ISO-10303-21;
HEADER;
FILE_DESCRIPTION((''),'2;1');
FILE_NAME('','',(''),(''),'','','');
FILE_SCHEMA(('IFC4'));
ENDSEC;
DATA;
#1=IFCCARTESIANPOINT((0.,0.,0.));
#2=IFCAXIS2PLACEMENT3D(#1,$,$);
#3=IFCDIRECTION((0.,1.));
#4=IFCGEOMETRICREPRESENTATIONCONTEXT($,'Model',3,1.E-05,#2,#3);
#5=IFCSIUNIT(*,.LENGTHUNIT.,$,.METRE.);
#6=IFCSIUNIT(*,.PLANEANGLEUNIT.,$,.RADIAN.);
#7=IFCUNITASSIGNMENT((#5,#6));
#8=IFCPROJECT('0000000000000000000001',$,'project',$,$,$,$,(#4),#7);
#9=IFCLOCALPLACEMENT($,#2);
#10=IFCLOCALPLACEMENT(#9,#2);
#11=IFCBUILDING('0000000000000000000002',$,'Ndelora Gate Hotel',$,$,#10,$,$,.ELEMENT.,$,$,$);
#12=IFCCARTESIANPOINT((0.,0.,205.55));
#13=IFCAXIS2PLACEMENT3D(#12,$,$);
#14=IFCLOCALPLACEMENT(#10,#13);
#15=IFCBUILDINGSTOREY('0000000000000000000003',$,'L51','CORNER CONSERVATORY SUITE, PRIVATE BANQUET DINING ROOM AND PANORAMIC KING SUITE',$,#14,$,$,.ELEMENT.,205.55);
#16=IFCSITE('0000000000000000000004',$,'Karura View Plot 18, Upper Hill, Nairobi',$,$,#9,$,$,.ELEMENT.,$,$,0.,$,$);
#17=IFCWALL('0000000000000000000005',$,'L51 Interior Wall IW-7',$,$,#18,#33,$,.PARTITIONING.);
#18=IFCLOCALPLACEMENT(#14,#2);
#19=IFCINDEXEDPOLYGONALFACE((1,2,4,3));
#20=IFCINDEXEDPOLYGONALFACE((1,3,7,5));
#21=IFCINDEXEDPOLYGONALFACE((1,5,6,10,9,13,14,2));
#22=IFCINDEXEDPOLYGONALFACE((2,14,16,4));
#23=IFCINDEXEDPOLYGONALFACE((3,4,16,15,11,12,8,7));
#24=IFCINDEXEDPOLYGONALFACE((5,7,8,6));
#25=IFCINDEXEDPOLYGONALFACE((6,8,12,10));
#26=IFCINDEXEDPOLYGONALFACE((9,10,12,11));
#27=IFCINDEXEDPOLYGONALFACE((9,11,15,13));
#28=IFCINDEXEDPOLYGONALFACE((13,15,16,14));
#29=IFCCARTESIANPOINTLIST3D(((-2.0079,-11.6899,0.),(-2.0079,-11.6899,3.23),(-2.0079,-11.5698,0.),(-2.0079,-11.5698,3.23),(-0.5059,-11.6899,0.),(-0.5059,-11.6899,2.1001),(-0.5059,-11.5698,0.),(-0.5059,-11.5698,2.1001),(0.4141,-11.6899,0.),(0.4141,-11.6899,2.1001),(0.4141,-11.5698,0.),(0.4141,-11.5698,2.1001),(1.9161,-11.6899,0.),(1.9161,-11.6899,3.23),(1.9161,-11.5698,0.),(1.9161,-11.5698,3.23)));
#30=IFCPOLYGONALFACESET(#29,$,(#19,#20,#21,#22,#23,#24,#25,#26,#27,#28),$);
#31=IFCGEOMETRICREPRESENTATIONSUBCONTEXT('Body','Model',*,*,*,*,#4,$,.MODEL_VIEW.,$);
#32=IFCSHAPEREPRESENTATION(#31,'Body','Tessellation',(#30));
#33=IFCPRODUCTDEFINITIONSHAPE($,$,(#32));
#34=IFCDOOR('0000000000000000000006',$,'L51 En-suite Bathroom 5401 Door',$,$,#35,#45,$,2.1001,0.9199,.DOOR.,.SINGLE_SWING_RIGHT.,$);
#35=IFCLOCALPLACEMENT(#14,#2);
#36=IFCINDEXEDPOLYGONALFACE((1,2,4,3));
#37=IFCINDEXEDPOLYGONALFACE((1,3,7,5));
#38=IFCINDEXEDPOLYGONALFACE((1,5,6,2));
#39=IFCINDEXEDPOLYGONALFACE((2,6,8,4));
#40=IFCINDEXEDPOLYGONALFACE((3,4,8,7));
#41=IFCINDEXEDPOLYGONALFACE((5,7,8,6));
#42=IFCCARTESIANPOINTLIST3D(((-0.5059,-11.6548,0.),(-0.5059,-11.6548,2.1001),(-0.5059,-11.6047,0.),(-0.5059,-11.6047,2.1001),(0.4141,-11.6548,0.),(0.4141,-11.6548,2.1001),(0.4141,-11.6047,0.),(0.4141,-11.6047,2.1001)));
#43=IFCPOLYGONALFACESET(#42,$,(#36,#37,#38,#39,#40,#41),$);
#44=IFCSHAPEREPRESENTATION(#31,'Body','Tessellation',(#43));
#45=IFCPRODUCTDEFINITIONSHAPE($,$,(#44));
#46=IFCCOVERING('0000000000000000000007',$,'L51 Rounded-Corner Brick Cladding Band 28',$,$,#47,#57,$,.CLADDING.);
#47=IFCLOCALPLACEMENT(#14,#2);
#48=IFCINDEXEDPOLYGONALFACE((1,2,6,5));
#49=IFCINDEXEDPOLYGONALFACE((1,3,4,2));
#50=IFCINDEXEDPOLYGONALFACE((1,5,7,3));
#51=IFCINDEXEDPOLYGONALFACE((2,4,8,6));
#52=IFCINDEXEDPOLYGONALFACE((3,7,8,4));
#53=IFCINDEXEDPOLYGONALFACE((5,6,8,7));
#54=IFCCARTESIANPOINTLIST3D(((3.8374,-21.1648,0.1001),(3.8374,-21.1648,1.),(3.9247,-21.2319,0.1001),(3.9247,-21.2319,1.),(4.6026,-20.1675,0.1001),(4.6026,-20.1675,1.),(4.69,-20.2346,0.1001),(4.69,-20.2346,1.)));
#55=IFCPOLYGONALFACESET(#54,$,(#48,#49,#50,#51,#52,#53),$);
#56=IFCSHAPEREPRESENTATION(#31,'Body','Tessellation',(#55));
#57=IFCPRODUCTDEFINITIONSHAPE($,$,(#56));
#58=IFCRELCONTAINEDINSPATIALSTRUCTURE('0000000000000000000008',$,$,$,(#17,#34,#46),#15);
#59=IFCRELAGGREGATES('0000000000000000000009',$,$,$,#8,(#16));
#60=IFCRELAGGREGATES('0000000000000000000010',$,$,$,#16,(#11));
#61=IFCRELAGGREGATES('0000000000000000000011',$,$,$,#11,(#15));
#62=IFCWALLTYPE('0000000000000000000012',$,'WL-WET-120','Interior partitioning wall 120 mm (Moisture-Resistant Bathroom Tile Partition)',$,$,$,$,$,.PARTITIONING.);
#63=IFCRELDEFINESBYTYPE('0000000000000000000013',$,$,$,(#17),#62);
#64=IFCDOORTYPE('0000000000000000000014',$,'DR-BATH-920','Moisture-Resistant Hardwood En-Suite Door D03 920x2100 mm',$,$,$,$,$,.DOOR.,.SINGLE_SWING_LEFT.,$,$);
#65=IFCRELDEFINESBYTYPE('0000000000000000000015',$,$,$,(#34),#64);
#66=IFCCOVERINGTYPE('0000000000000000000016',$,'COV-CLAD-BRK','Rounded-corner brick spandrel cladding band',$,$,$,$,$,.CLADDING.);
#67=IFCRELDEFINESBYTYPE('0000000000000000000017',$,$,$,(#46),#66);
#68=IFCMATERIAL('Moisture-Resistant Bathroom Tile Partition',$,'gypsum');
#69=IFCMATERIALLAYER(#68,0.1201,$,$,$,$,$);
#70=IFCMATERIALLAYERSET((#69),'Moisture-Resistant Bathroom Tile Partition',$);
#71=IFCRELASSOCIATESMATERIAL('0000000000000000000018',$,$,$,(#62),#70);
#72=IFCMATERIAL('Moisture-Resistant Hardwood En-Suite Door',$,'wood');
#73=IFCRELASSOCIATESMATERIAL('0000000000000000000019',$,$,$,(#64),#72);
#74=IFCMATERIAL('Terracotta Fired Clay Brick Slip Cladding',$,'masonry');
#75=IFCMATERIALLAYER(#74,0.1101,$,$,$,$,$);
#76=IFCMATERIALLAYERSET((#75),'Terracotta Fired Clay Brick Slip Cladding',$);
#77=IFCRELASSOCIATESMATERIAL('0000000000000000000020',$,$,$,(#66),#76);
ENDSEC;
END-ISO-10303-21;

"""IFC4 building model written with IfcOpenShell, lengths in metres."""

from ifc_helpers import new_model, si_unit, direction, frame, frame_2d, origin, origin_2d, place, context, subcontext, project, spatial, rectangle, extrude, material, layer, layer_set, type_object, element, fill, save


model = new_model("IFC4")

# Units and contexts
model_context = context("Model", 3, precision=1e-05, world=origin(), true_north=direction((0.0, 1.0)))
body_context = subcontext(model_context, "Body", "Model", "MODEL_VIEW")
ifc_project = project(units=[si_unit("LENGTHUNIT", "METRE"), si_unit("PLANEANGLEUNIT", "RADIAN")], contexts=[model_context])

# Site, building, storey
site_placement = place(None, origin())
site = spatial("IfcSite", under=ifc_project, at=site_placement, Name="Karura View Plot 18, Upper Hill, Nairobi", CompositionType="ELEMENT", RefElevation=0.0)
building_placement = place(site_placement, origin())
building = spatial("IfcBuilding", under=site, at=building_placement, Name="Ndelora Gate Hotel", CompositionType="ELEMENT")
storey_placement = place(building_placement, frame((0.0, 0.0, 205.55)))
storey = spatial("IfcBuildingStorey", under=building, at=storey_placement, Name="L51", Description="CORNER CONSERVATORY SUITE, PRIVATE BANQUET DINING ROOM AND PANORAMIC KING SUITE", CompositionType="ELEMENT", Elevation=205.55)

# Shared definitions
ifc_material_1 = material(Name="Moisture-Resistant Bathroom Tile Partition", Category="gypsum")
ifc_layer_1 = layer(ifc_material_1, 0.1201)
ifc_layer_set_1 = layer_set([ifc_layer_1], Name="Moisture-Resistant Bathroom Tile Partition")
wall_type_1 = type_object("IfcWallType", Name="WL-WET-120", Description="Interior partitioning wall 120 mm (Moisture-Resistant Bathroom Tile Partition)", PredefinedType="PARTITIONING", material=ifc_layer_set_1)

# Wall, opening, door
wall_1_placement = place(storey_placement, frame((1.916, -11.6299, 0.0), z_axis=(0.0, 0.0, 1.0), x_axis=(-1.0, 0.0, 0.0)))
wall_1 = element("IfcWall", 1, at=wall_1_placement, inside=storey, type_object=wall_type_1, Name="L51 Interior Wall IW-7", PredefinedType="PARTITIONING", context=body_context, shape_type="SweptSolid", body=[
    extrude(rectangle(XDim=3.9241, YDim=0.1201, at=frame_2d((1.9619, 0.0))), origin(), (0.0, 0.0, 1.0), 3.23),
])
opening_1_placement = place(wall_1_placement, frame((1.502, 0.0, 0.0)))
opening_1 = element("IfcOpeningElement", 2, at=opening_1_placement, cuts=wall_1, PredefinedType="OPENING", context=body_context, shape_type="SweptSolid", body=[
    extrude(rectangle(XDim=0.9199, YDim=2.1001, at=frame_2d((0.46, 1.05))), frame((0.0, 0.0701, 0.0), z_axis=(0.0, -1.0, 0.0), x_axis=(1.0, 0.0, 0.0)), (0.0, 0.0, 1.0), 0.1401),
])
ifc_material_2 = material(Name="Moisture-Resistant Hardwood En-Suite Door", Category="wood")
door_type = type_object("IfcDoorType", Name="DR-BATH-920", Description="Moisture-Resistant Hardwood En-Suite Door D03 920x2100 mm", OperationType="SINGLE_SWING_LEFT", PredefinedType="DOOR", material=ifc_material_2)
door_placement = place(opening_1_placement, origin())
door = element("IfcDoor", 3, at=door_placement, inside=storey, type_object=door_type, Name="L51 En-suite Bathroom 5401 Door", OperationType="SINGLE_SWING_RIGHT", OverallHeight=2.1001, OverallWidth=0.9199, PredefinedType="DOOR", context=body_context, shape_type="SweptSolid", body=[
    extrude(rectangle(XDim=0.9199, YDim=2.1001, at=frame_2d((0.46, 1.05))), frame((0.0, 0.0249, 0.0), z_axis=(0.0, -1.0, 0.0), x_axis=(1.0, 0.0, 0.0)), (0.0, 0.0, 1.0), 0.05),
])
fill(opening_1, door)

# Covering
ifc_material_3 = material(Name="Terracotta Fired Clay Brick Slip Cladding", Category="masonry")
ifc_layer_2 = layer(ifc_material_3, 0.1101)
ifc_layer_set_2 = layer_set([ifc_layer_2], Name="Terracotta Fired Clay Brick Slip Cladding")
covering_type = type_object("IfcCoveringType", Name="COV-CLAD-BRK", Description="Rounded-corner brick spandrel cladding band", PredefinedType="CLADDING", material=ifc_layer_set_2)
covering_placement = place(storey_placement, frame((4.2637, -20.6997, 0.1001), z_axis=(0.0, 0.0, 1.0), x_axis=(0.608761, 0.793353, 0.0)))
element("IfcCovering", 4, at=covering_placement, inside=storey, type_object=covering_type, Name="L51 Rounded-Corner Brick Cladding Band 28", PredefinedType="CLADDING", context=body_context, shape_type="SweptSolid", body=[
    extrude(rectangle(XDim=1.2571, YDim=0.1101, at=origin_2d()), origin(), (0.0, 0.0, 1.0), 0.8999),
])

save(model, "model.ifc")
